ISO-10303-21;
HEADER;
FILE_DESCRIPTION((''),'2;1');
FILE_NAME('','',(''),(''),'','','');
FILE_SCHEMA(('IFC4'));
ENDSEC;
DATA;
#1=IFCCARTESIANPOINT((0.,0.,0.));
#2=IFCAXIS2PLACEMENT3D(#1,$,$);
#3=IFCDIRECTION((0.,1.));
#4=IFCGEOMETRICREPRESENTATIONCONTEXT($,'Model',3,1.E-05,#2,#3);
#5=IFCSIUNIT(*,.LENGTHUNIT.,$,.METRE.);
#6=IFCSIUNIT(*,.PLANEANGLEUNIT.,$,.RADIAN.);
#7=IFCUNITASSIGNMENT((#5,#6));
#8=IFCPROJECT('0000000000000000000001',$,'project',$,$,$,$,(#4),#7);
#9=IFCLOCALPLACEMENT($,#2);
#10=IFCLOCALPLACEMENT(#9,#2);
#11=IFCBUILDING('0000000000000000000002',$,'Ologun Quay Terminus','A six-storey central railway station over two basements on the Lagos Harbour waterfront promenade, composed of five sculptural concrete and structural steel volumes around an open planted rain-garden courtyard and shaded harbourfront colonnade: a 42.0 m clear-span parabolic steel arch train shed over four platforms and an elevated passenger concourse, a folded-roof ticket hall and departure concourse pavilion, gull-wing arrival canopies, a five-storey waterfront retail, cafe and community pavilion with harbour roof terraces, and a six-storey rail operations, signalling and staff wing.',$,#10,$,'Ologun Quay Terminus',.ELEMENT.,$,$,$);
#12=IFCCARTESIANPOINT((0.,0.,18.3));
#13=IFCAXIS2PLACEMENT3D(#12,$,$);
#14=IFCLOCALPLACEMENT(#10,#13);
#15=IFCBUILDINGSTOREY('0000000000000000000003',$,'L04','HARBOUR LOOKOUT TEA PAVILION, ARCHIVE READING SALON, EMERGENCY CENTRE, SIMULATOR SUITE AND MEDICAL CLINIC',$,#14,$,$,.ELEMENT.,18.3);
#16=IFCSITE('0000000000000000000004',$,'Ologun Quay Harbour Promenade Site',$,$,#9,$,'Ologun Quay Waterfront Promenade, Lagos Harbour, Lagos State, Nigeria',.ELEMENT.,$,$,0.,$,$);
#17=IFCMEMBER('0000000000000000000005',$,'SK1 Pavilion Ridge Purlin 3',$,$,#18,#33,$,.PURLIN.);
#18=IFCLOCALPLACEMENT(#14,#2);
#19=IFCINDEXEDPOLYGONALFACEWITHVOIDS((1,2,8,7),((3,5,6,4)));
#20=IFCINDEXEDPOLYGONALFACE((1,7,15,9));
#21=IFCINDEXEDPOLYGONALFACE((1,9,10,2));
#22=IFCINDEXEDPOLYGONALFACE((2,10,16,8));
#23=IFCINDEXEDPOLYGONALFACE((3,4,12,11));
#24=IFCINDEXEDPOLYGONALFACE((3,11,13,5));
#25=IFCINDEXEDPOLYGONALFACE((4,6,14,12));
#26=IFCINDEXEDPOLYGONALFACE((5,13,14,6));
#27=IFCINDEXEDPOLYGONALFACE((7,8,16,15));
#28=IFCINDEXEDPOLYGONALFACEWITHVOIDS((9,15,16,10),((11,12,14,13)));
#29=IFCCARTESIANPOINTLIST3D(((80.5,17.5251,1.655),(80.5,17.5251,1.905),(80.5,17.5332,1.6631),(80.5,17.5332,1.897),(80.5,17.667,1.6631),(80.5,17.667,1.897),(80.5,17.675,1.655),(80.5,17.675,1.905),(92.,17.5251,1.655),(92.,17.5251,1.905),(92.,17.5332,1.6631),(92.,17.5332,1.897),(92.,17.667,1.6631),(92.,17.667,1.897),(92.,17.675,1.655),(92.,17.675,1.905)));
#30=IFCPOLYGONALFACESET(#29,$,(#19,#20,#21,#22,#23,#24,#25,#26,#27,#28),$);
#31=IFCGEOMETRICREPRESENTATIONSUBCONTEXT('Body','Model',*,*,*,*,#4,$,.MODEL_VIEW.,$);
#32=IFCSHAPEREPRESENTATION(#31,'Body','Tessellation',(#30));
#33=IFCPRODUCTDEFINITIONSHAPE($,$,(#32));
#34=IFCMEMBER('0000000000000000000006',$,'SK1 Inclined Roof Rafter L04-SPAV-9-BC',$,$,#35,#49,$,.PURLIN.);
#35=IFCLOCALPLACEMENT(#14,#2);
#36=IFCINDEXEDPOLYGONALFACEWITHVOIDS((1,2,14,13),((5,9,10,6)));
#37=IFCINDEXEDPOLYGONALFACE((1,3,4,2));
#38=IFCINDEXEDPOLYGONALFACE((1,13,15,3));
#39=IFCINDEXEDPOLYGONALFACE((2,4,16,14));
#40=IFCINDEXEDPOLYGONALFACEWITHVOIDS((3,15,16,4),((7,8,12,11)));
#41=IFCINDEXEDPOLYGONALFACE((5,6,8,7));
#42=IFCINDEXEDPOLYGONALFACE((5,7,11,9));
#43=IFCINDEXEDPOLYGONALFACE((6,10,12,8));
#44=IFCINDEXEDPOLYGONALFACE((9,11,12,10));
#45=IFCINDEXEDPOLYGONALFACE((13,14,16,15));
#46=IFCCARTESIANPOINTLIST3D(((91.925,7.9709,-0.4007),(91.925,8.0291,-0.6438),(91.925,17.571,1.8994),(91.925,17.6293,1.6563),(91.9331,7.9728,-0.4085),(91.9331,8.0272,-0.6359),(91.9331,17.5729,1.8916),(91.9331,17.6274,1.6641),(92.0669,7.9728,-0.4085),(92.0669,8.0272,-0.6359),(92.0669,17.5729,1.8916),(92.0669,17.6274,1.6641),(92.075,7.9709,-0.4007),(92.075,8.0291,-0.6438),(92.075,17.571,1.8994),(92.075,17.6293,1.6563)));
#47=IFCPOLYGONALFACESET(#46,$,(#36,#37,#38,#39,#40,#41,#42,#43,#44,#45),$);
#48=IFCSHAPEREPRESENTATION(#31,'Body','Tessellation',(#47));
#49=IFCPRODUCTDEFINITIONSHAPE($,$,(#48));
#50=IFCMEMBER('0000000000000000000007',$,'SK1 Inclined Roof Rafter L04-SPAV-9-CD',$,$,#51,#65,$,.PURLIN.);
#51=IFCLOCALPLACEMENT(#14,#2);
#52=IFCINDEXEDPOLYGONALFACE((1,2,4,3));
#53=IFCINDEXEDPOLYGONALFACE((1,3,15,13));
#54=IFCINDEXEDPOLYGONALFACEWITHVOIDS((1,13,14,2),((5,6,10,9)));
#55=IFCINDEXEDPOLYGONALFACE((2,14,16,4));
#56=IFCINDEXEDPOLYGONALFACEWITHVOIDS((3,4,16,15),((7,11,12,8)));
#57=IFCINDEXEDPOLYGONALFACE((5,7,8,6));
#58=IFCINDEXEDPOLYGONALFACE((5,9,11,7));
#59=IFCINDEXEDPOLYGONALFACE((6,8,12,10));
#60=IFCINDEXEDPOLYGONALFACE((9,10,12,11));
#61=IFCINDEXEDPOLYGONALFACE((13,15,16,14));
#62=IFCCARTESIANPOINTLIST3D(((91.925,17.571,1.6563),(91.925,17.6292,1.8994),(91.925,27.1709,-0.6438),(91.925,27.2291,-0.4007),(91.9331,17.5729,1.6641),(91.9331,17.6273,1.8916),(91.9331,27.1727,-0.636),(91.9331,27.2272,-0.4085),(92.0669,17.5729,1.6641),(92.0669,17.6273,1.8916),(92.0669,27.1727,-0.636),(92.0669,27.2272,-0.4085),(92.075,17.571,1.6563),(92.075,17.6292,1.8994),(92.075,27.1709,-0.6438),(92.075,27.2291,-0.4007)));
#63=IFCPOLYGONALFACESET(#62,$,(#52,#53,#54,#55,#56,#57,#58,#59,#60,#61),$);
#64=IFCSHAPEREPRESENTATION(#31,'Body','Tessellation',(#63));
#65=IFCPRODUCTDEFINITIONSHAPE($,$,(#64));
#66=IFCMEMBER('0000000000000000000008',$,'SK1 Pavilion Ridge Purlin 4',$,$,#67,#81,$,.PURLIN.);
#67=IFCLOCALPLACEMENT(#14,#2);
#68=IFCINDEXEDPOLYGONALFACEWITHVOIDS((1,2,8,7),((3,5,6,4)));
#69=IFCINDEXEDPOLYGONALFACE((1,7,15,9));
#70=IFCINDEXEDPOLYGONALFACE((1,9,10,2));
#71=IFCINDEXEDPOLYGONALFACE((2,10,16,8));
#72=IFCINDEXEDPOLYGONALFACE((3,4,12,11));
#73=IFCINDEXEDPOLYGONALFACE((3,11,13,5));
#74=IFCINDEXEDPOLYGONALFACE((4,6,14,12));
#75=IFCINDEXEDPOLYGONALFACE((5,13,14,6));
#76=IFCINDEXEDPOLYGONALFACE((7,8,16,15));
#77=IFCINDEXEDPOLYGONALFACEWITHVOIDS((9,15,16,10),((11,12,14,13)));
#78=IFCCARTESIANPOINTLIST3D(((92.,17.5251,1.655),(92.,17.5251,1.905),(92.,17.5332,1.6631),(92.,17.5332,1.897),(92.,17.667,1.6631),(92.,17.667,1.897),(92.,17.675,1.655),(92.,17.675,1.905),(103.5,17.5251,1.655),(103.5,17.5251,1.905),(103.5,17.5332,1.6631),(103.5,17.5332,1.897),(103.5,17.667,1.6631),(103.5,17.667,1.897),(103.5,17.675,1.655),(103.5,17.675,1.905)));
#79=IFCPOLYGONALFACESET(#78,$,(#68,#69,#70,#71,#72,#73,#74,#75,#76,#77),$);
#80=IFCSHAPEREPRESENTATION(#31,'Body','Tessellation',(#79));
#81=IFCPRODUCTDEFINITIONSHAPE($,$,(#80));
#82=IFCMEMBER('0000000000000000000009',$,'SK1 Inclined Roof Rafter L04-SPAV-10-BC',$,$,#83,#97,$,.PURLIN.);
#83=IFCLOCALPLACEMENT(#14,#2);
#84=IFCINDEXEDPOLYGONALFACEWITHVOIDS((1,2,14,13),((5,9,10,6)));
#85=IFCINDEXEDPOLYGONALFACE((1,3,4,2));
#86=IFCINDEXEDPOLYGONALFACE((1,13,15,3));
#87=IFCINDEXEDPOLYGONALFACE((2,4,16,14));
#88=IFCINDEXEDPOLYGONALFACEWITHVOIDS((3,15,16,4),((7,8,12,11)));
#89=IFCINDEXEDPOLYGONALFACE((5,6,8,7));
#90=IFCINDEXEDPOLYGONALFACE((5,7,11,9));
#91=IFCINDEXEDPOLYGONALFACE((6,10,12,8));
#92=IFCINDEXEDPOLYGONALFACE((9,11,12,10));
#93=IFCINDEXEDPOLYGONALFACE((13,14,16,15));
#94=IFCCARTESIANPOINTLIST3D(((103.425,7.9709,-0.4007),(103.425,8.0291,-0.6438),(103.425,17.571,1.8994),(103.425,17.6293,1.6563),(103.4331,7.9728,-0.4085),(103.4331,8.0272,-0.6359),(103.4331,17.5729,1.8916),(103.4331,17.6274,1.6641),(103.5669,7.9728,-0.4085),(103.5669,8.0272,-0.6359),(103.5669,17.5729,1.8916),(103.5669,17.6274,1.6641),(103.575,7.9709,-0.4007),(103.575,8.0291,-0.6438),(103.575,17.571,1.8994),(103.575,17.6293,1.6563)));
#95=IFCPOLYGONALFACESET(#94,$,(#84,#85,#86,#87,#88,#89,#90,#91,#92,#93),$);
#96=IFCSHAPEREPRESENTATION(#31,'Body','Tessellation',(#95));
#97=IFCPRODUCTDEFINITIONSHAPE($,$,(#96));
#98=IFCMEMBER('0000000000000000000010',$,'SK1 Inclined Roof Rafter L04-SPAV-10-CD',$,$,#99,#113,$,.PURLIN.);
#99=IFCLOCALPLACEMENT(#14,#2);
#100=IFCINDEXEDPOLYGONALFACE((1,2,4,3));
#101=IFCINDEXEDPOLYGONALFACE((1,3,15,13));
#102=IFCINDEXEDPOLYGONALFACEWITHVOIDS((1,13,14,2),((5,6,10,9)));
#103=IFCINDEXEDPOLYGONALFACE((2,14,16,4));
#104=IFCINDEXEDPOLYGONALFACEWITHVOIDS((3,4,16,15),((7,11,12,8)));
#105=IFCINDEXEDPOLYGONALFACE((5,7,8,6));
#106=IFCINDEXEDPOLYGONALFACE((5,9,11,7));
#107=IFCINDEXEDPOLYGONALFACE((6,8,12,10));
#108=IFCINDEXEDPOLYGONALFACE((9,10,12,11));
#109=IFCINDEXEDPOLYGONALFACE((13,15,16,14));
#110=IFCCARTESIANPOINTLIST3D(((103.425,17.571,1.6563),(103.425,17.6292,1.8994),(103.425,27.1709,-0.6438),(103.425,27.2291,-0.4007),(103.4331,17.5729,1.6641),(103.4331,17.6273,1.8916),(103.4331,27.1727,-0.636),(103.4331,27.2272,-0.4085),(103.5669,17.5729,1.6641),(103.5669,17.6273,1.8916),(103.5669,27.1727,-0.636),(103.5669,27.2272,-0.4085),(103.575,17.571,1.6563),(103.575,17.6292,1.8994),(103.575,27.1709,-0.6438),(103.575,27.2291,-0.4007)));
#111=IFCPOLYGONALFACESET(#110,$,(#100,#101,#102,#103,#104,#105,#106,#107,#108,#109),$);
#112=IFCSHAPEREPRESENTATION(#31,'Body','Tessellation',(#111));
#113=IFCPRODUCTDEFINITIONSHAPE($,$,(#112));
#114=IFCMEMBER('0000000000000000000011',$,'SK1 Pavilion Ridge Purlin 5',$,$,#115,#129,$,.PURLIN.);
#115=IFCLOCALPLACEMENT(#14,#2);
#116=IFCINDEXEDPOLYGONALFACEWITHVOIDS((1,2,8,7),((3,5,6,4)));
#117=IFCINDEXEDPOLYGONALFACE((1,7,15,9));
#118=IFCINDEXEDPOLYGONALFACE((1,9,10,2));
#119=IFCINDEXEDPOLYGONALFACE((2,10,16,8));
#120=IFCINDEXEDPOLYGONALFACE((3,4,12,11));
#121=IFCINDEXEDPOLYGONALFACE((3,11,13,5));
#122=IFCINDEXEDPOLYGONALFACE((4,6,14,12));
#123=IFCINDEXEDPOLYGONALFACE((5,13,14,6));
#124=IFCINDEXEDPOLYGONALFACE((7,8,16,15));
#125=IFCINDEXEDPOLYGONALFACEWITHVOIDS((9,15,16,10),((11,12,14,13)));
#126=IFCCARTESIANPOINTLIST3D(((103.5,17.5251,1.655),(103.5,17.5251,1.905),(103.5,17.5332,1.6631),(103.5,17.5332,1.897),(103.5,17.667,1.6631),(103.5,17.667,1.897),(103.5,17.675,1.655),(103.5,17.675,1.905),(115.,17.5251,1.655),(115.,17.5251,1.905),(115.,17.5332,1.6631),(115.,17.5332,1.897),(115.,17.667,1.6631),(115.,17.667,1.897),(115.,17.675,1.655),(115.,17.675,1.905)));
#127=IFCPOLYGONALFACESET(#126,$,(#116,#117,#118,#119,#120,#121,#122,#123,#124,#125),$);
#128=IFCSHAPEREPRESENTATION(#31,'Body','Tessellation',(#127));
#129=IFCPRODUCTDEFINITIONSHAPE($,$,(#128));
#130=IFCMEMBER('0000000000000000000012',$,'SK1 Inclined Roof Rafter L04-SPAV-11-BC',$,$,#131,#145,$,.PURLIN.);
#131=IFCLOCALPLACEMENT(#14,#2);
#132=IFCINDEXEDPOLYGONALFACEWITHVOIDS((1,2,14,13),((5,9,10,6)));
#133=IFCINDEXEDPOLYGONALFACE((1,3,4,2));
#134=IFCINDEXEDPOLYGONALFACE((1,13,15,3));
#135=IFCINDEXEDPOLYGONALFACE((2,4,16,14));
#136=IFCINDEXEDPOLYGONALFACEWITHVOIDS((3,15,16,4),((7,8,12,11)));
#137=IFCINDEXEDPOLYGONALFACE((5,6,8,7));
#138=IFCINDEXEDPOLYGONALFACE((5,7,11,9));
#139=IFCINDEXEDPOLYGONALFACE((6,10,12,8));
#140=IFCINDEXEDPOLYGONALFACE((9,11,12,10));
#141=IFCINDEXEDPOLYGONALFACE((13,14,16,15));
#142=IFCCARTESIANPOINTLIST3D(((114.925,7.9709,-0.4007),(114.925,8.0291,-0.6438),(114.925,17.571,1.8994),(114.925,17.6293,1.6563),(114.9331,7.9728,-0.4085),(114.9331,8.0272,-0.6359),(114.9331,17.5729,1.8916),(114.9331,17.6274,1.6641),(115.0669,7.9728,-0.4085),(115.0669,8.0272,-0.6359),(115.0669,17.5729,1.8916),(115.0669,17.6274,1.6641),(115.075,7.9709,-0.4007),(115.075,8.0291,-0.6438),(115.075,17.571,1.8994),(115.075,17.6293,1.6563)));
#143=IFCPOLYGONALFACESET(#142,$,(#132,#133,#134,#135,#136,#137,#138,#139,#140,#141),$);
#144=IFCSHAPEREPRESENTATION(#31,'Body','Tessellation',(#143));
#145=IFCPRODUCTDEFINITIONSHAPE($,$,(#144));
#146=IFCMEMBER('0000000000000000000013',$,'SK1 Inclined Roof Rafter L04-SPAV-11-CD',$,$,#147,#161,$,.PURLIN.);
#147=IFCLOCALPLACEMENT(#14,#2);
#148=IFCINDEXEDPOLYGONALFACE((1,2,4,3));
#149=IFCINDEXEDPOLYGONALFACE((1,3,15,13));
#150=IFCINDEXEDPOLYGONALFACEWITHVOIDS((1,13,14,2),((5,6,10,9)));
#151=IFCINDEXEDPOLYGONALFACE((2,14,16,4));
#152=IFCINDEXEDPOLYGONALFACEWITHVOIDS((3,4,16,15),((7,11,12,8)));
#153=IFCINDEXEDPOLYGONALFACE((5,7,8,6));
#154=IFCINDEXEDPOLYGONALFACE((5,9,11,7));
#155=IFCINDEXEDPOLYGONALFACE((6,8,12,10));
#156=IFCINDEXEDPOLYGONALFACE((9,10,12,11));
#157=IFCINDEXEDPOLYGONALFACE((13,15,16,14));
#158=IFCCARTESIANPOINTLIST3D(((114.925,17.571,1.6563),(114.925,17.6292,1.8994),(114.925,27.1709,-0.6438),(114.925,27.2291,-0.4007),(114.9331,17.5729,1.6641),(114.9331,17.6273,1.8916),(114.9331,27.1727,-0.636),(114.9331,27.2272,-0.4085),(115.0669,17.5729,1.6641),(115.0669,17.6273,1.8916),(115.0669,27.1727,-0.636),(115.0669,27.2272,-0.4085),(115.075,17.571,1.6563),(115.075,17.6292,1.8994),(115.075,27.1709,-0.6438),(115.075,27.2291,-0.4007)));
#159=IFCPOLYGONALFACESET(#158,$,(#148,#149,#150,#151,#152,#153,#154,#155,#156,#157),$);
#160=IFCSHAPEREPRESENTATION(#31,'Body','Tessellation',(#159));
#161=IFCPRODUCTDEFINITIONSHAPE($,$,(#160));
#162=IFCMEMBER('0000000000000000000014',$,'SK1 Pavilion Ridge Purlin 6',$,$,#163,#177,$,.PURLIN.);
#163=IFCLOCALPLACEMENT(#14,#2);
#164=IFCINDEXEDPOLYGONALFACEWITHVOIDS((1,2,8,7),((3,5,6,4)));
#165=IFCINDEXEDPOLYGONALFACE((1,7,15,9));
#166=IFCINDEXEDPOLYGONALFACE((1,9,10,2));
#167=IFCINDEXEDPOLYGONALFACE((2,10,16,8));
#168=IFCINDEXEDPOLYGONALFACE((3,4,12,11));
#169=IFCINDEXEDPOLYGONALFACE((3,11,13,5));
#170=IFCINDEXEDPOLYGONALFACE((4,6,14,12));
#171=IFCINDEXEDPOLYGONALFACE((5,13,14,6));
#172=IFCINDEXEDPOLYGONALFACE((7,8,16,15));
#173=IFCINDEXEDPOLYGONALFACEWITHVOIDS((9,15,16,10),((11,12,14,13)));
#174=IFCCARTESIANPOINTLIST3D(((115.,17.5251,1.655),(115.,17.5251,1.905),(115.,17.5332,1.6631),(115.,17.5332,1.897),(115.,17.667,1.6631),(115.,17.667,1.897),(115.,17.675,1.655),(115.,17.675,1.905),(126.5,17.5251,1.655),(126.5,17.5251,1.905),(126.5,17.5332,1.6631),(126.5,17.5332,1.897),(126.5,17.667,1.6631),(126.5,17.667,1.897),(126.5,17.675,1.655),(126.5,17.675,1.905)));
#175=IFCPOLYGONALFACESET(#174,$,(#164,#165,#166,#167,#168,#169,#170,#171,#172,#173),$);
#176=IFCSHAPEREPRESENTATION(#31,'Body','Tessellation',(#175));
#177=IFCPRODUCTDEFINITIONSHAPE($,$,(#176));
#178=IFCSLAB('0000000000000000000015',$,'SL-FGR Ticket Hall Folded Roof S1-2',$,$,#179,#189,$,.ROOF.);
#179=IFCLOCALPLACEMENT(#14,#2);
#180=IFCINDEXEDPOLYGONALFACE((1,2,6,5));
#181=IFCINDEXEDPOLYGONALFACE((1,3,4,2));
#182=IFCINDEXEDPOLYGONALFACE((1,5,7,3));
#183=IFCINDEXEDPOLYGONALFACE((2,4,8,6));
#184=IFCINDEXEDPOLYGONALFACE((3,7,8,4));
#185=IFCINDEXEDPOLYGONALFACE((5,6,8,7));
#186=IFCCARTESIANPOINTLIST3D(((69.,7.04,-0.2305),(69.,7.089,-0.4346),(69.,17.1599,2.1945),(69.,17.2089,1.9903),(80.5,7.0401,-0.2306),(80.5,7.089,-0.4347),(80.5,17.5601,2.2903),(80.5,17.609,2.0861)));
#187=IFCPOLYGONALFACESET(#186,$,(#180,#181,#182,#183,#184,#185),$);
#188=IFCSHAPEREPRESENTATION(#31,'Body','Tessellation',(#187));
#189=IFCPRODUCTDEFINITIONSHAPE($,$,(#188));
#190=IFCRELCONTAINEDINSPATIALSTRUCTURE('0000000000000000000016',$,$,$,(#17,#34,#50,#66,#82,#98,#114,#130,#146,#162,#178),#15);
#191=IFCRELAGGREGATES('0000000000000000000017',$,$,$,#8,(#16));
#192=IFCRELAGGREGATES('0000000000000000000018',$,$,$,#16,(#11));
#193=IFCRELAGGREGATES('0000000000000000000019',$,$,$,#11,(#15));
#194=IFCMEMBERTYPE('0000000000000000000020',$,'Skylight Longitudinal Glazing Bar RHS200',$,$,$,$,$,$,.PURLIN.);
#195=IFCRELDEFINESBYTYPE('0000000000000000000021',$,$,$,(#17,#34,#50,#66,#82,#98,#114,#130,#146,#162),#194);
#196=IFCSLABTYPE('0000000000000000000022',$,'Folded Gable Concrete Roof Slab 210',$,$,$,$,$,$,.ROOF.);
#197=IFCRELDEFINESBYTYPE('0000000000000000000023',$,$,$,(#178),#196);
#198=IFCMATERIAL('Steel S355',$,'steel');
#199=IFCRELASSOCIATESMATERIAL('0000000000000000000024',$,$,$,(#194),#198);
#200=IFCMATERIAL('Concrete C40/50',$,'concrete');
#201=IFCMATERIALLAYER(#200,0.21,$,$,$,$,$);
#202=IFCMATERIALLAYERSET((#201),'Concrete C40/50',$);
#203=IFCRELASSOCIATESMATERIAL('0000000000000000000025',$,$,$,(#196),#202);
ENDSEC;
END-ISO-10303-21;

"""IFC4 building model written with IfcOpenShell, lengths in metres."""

from ifc_helpers import new_model, si_unit, direction, frame, origin, origin_2d, place, context, subcontext, project, spatial, polyline, hollow_rectangle, outline, extrude, material, layer, layer_set, material_profile, profile_set, type_object, element, save


model = new_model("IFC4")

# Units and contexts
model_context = context("Model", 3, precision=1e-05, world=origin(), true_north=direction((0.0, 1.0)))
body_context = subcontext(model_context, "Body", "Model", "MODEL_VIEW")
ifc_project = project(units=[si_unit("LENGTHUNIT", "METRE"), si_unit("PLANEANGLEUNIT", "RADIAN")], contexts=[model_context])

# Site, building, storey
site_placement = place(None, origin())
site = spatial("IfcSite", under=ifc_project, at=site_placement, Name="Ologun Quay Harbour Promenade Site", LongName="Ologun Quay Waterfront Promenade, Lagos Harbour, Lagos State, Nigeria", CompositionType="ELEMENT", RefElevation=0.0)
building_placement = place(site_placement, origin())
building = spatial("IfcBuilding", under=site, at=building_placement, Name="Ologun Quay Terminus", Description="A six-storey central railway station over two basements on the Lagos Harbour waterfront promenade, composed of five sculptural concrete and structural steel volumes around an open planted rain-garden courtyard and shaded harbourfront colonnade: a 42.0 m clear-span parabolic steel arch train shed over four platforms and an elevated passenger concourse, a folded-roof ticket hall and departure concourse pavilion, gull-wing arrival canopies, a five-storey waterfront retail, cafe and community pavilion with harbour roof terraces, and a six-storey rail operations, signalling and staff wing.", LongName="Ologun Quay Terminus", CompositionType="ELEMENT")
storey_placement = place(building_placement, frame((0.0, 0.0, 18.3)))
storey = spatial("IfcBuildingStorey", under=building, at=storey_placement, Name="L04", Description="HARBOUR LOOKOUT TEA PAVILION, ARCHIVE READING SALON, EMERGENCY CENTRE, SIMULATOR SUITE AND MEDICAL CLINIC", CompositionType="ELEMENT", Elevation=18.3)

# Members
ifc_material_1 = material(Name="Steel S355", Category="steel")
ifc_material_profile_1 = material_profile(ifc_material_1, hollow_rectangle(XDim=0.1499, YDim=0.25, WallThickness=0.0081, at=origin_2d()), Name="RHS 250x150x8")
ifc_profile_set_1 = profile_set([ifc_material_profile_1], Name="Steel S355")
member_type = type_object("IfcMemberType", Name="Skylight Longitudinal Glazing Bar RHS200", PredefinedType="PURLIN", material=ifc_profile_set_1)
member_1_placement = place(storey_placement, frame((80.5, 17.6001, 1.78), z_axis=(1.0, 0.0, 0.0), x_axis=(0.0, 1.0, 0.0)))
element("IfcMember", 1, at=member_1_placement, inside=storey, type_object=member_type, Name="SK1 Pavilion Ridge Purlin 3", PredefinedType="PURLIN", context=body_context, shape_type="SweptSolid", body=[
    extrude(hollow_rectangle(XDim=0.1499, YDim=0.25, WallThickness=0.0081, at=origin_2d()), origin(), (0.0, 0.0, 1.0), 11.5),
])
member_2_placement = place(storey_placement, frame((92.0, 8.0, -0.5222), z_axis=(0.0, 0.972479, 0.232992), x_axis=(-1.0, 0.0, 0.0)))
element("IfcMember", 2, at=member_2_placement, inside=storey, type_object=member_type, Name="SK1 Inclined Roof Rafter L04-SPAV-9-BC", PredefinedType="PURLIN", context=body_context, shape_type="SweptSolid", body=[
    extrude(hollow_rectangle(XDim=0.1499, YDim=0.25, WallThickness=0.0081, at=origin_2d()), origin(), (0.0, 0.0, 1.0), 9.8718),
])
member_3_placement = place(storey_placement, frame((92.0, 17.6001, 1.7778), z_axis=(0.0, 0.972477, -0.232998), x_axis=(-1.0, 0.0, 0.0)))
element("IfcMember", 3, at=member_3_placement, inside=storey, type_object=member_type, Name="SK1 Inclined Roof Rafter L04-SPAV-9-CD", PredefinedType="PURLIN", context=body_context, shape_type="SweptSolid", body=[
    extrude(hollow_rectangle(XDim=0.1499, YDim=0.25, WallThickness=0.0081, at=origin_2d()), origin(), (0.0, 0.0, 1.0), 9.8716),
])
member_4_placement = place(storey_placement, frame((92.0, 17.6001, 1.78), z_axis=(1.0, 0.0, 0.0), x_axis=(0.0, 1.0, 0.0)))
element("IfcMember", 4, at=member_4_placement, inside=storey, type_object=member_type, Name="SK1 Pavilion Ridge Purlin 4", PredefinedType="PURLIN", context=body_context, shape_type="SweptSolid", body=[
    extrude(hollow_rectangle(XDim=0.1499, YDim=0.25, WallThickness=0.0081, at=origin_2d()), origin(), (0.0, 0.0, 1.0), 11.5),
])
member_5_placement = place(storey_placement, frame((103.5, 8.0, -0.5222), z_axis=(0.0, 0.972479, 0.232992), x_axis=(-1.0, 0.0, 0.0)))
element("IfcMember", 5, at=member_5_placement, inside=storey, type_object=member_type, Name="SK1 Inclined Roof Rafter L04-SPAV-10-BC", PredefinedType="PURLIN", context=body_context, shape_type="SweptSolid", body=[
    extrude(hollow_rectangle(XDim=0.1499, YDim=0.25, WallThickness=0.0081, at=origin_2d()), origin(), (0.0, 0.0, 1.0), 9.8718),
])
member_6_placement = place(storey_placement, frame((103.5, 17.6001, 1.7778), z_axis=(0.0, 0.972477, -0.232998), x_axis=(-1.0, 0.0, 0.0)))
element("IfcMember", 6, at=member_6_placement, inside=storey, type_object=member_type, Name="SK1 Inclined Roof Rafter L04-SPAV-10-CD", PredefinedType="PURLIN", context=body_context, shape_type="SweptSolid", body=[
    extrude(hollow_rectangle(XDim=0.1499, YDim=0.25, WallThickness=0.0081, at=origin_2d()), origin(), (0.0, 0.0, 1.0), 9.8716),
])
member_7_placement = place(storey_placement, frame((103.5, 17.6001, 1.78), z_axis=(1.0, 0.0, 0.0), x_axis=(0.0, 1.0, 0.0)))
element("IfcMember", 7, at=member_7_placement, inside=storey, type_object=member_type, Name="SK1 Pavilion Ridge Purlin 5", PredefinedType="PURLIN", context=body_context, shape_type="SweptSolid", body=[
    extrude(hollow_rectangle(XDim=0.1499, YDim=0.25, WallThickness=0.0081, at=origin_2d()), origin(), (0.0, 0.0, 1.0), 11.5),
])
member_8_placement = place(storey_placement, frame((115.0, 8.0, -0.5222), z_axis=(0.0, 0.972479, 0.232992), x_axis=(-1.0, 0.0, 0.0)))
element("IfcMember", 8, at=member_8_placement, inside=storey, type_object=member_type, Name="SK1 Inclined Roof Rafter L04-SPAV-11-BC", PredefinedType="PURLIN", context=body_context, shape_type="SweptSolid", body=[
    extrude(hollow_rectangle(XDim=0.1499, YDim=0.25, WallThickness=0.0081, at=origin_2d()), origin(), (0.0, 0.0, 1.0), 9.8718),
])
member_9_placement = place(storey_placement, frame((115.0, 17.6001, 1.7778), z_axis=(0.0, 0.972477, -0.232998), x_axis=(-1.0, 0.0, 0.0)))
element("IfcMember", 9, at=member_9_placement, inside=storey, type_object=member_type, Name="SK1 Inclined Roof Rafter L04-SPAV-11-CD", PredefinedType="PURLIN", context=body_context, shape_type="SweptSolid", body=[
    extrude(hollow_rectangle(XDim=0.1499, YDim=0.25, WallThickness=0.0081, at=origin_2d()), origin(), (0.0, 0.0, 1.0), 9.8716),
])
member_10_placement = place(storey_placement, frame((115.0, 17.6001, 1.78), z_axis=(1.0, 0.0, 0.0), x_axis=(0.0, 1.0, 0.0)))
element("IfcMember", 10, at=member_10_placement, inside=storey, type_object=member_type, Name="SK1 Pavilion Ridge Purlin 6", PredefinedType="PURLIN", context=body_context, shape_type="SweptSolid", body=[
    extrude(hollow_rectangle(XDim=0.1499, YDim=0.25, WallThickness=0.0081, at=origin_2d()), origin(), (0.0, 0.0, 1.0), 11.5),
])

# Slab
ifc_material_2 = material(Name="Concrete C40/50", Category="concrete")
ifc_layer_1 = layer(ifc_material_2, 0.21)
ifc_layer_set_1 = layer_set([ifc_layer_1], Name="Concrete C40/50")
slab_type = type_object("IfcSlabType", Name="Folded Gable Concrete Roof Slab 210", PredefinedType="ROOF", material=ifc_layer_set_1)
slab_1_placement = place(storey_placement, frame((69.0, 7.04, -0.2305), z_axis=(0.000008, -0.233027, 0.97247), x_axis=(1.0, 0.000002, -0.000007)))
element("IfcSlab", 11, at=slab_1_placement, inside=storey, type_object=slab_type, Name="SL-FGR Ticket Hall Folded Roof S1-2", PredefinedType="ROOF", context=body_context, shape_type="SweptSolid", body=[
    extrude(outline(polyline([(0.0, 0.0), (11.5, 0.0), (11.5, 10.8178), (0.0, 10.4064), (0.0, 0.0)])), origin(), (0.0, 0.0, -1.0), 0.21),
])

save(model, "model.ifc")
